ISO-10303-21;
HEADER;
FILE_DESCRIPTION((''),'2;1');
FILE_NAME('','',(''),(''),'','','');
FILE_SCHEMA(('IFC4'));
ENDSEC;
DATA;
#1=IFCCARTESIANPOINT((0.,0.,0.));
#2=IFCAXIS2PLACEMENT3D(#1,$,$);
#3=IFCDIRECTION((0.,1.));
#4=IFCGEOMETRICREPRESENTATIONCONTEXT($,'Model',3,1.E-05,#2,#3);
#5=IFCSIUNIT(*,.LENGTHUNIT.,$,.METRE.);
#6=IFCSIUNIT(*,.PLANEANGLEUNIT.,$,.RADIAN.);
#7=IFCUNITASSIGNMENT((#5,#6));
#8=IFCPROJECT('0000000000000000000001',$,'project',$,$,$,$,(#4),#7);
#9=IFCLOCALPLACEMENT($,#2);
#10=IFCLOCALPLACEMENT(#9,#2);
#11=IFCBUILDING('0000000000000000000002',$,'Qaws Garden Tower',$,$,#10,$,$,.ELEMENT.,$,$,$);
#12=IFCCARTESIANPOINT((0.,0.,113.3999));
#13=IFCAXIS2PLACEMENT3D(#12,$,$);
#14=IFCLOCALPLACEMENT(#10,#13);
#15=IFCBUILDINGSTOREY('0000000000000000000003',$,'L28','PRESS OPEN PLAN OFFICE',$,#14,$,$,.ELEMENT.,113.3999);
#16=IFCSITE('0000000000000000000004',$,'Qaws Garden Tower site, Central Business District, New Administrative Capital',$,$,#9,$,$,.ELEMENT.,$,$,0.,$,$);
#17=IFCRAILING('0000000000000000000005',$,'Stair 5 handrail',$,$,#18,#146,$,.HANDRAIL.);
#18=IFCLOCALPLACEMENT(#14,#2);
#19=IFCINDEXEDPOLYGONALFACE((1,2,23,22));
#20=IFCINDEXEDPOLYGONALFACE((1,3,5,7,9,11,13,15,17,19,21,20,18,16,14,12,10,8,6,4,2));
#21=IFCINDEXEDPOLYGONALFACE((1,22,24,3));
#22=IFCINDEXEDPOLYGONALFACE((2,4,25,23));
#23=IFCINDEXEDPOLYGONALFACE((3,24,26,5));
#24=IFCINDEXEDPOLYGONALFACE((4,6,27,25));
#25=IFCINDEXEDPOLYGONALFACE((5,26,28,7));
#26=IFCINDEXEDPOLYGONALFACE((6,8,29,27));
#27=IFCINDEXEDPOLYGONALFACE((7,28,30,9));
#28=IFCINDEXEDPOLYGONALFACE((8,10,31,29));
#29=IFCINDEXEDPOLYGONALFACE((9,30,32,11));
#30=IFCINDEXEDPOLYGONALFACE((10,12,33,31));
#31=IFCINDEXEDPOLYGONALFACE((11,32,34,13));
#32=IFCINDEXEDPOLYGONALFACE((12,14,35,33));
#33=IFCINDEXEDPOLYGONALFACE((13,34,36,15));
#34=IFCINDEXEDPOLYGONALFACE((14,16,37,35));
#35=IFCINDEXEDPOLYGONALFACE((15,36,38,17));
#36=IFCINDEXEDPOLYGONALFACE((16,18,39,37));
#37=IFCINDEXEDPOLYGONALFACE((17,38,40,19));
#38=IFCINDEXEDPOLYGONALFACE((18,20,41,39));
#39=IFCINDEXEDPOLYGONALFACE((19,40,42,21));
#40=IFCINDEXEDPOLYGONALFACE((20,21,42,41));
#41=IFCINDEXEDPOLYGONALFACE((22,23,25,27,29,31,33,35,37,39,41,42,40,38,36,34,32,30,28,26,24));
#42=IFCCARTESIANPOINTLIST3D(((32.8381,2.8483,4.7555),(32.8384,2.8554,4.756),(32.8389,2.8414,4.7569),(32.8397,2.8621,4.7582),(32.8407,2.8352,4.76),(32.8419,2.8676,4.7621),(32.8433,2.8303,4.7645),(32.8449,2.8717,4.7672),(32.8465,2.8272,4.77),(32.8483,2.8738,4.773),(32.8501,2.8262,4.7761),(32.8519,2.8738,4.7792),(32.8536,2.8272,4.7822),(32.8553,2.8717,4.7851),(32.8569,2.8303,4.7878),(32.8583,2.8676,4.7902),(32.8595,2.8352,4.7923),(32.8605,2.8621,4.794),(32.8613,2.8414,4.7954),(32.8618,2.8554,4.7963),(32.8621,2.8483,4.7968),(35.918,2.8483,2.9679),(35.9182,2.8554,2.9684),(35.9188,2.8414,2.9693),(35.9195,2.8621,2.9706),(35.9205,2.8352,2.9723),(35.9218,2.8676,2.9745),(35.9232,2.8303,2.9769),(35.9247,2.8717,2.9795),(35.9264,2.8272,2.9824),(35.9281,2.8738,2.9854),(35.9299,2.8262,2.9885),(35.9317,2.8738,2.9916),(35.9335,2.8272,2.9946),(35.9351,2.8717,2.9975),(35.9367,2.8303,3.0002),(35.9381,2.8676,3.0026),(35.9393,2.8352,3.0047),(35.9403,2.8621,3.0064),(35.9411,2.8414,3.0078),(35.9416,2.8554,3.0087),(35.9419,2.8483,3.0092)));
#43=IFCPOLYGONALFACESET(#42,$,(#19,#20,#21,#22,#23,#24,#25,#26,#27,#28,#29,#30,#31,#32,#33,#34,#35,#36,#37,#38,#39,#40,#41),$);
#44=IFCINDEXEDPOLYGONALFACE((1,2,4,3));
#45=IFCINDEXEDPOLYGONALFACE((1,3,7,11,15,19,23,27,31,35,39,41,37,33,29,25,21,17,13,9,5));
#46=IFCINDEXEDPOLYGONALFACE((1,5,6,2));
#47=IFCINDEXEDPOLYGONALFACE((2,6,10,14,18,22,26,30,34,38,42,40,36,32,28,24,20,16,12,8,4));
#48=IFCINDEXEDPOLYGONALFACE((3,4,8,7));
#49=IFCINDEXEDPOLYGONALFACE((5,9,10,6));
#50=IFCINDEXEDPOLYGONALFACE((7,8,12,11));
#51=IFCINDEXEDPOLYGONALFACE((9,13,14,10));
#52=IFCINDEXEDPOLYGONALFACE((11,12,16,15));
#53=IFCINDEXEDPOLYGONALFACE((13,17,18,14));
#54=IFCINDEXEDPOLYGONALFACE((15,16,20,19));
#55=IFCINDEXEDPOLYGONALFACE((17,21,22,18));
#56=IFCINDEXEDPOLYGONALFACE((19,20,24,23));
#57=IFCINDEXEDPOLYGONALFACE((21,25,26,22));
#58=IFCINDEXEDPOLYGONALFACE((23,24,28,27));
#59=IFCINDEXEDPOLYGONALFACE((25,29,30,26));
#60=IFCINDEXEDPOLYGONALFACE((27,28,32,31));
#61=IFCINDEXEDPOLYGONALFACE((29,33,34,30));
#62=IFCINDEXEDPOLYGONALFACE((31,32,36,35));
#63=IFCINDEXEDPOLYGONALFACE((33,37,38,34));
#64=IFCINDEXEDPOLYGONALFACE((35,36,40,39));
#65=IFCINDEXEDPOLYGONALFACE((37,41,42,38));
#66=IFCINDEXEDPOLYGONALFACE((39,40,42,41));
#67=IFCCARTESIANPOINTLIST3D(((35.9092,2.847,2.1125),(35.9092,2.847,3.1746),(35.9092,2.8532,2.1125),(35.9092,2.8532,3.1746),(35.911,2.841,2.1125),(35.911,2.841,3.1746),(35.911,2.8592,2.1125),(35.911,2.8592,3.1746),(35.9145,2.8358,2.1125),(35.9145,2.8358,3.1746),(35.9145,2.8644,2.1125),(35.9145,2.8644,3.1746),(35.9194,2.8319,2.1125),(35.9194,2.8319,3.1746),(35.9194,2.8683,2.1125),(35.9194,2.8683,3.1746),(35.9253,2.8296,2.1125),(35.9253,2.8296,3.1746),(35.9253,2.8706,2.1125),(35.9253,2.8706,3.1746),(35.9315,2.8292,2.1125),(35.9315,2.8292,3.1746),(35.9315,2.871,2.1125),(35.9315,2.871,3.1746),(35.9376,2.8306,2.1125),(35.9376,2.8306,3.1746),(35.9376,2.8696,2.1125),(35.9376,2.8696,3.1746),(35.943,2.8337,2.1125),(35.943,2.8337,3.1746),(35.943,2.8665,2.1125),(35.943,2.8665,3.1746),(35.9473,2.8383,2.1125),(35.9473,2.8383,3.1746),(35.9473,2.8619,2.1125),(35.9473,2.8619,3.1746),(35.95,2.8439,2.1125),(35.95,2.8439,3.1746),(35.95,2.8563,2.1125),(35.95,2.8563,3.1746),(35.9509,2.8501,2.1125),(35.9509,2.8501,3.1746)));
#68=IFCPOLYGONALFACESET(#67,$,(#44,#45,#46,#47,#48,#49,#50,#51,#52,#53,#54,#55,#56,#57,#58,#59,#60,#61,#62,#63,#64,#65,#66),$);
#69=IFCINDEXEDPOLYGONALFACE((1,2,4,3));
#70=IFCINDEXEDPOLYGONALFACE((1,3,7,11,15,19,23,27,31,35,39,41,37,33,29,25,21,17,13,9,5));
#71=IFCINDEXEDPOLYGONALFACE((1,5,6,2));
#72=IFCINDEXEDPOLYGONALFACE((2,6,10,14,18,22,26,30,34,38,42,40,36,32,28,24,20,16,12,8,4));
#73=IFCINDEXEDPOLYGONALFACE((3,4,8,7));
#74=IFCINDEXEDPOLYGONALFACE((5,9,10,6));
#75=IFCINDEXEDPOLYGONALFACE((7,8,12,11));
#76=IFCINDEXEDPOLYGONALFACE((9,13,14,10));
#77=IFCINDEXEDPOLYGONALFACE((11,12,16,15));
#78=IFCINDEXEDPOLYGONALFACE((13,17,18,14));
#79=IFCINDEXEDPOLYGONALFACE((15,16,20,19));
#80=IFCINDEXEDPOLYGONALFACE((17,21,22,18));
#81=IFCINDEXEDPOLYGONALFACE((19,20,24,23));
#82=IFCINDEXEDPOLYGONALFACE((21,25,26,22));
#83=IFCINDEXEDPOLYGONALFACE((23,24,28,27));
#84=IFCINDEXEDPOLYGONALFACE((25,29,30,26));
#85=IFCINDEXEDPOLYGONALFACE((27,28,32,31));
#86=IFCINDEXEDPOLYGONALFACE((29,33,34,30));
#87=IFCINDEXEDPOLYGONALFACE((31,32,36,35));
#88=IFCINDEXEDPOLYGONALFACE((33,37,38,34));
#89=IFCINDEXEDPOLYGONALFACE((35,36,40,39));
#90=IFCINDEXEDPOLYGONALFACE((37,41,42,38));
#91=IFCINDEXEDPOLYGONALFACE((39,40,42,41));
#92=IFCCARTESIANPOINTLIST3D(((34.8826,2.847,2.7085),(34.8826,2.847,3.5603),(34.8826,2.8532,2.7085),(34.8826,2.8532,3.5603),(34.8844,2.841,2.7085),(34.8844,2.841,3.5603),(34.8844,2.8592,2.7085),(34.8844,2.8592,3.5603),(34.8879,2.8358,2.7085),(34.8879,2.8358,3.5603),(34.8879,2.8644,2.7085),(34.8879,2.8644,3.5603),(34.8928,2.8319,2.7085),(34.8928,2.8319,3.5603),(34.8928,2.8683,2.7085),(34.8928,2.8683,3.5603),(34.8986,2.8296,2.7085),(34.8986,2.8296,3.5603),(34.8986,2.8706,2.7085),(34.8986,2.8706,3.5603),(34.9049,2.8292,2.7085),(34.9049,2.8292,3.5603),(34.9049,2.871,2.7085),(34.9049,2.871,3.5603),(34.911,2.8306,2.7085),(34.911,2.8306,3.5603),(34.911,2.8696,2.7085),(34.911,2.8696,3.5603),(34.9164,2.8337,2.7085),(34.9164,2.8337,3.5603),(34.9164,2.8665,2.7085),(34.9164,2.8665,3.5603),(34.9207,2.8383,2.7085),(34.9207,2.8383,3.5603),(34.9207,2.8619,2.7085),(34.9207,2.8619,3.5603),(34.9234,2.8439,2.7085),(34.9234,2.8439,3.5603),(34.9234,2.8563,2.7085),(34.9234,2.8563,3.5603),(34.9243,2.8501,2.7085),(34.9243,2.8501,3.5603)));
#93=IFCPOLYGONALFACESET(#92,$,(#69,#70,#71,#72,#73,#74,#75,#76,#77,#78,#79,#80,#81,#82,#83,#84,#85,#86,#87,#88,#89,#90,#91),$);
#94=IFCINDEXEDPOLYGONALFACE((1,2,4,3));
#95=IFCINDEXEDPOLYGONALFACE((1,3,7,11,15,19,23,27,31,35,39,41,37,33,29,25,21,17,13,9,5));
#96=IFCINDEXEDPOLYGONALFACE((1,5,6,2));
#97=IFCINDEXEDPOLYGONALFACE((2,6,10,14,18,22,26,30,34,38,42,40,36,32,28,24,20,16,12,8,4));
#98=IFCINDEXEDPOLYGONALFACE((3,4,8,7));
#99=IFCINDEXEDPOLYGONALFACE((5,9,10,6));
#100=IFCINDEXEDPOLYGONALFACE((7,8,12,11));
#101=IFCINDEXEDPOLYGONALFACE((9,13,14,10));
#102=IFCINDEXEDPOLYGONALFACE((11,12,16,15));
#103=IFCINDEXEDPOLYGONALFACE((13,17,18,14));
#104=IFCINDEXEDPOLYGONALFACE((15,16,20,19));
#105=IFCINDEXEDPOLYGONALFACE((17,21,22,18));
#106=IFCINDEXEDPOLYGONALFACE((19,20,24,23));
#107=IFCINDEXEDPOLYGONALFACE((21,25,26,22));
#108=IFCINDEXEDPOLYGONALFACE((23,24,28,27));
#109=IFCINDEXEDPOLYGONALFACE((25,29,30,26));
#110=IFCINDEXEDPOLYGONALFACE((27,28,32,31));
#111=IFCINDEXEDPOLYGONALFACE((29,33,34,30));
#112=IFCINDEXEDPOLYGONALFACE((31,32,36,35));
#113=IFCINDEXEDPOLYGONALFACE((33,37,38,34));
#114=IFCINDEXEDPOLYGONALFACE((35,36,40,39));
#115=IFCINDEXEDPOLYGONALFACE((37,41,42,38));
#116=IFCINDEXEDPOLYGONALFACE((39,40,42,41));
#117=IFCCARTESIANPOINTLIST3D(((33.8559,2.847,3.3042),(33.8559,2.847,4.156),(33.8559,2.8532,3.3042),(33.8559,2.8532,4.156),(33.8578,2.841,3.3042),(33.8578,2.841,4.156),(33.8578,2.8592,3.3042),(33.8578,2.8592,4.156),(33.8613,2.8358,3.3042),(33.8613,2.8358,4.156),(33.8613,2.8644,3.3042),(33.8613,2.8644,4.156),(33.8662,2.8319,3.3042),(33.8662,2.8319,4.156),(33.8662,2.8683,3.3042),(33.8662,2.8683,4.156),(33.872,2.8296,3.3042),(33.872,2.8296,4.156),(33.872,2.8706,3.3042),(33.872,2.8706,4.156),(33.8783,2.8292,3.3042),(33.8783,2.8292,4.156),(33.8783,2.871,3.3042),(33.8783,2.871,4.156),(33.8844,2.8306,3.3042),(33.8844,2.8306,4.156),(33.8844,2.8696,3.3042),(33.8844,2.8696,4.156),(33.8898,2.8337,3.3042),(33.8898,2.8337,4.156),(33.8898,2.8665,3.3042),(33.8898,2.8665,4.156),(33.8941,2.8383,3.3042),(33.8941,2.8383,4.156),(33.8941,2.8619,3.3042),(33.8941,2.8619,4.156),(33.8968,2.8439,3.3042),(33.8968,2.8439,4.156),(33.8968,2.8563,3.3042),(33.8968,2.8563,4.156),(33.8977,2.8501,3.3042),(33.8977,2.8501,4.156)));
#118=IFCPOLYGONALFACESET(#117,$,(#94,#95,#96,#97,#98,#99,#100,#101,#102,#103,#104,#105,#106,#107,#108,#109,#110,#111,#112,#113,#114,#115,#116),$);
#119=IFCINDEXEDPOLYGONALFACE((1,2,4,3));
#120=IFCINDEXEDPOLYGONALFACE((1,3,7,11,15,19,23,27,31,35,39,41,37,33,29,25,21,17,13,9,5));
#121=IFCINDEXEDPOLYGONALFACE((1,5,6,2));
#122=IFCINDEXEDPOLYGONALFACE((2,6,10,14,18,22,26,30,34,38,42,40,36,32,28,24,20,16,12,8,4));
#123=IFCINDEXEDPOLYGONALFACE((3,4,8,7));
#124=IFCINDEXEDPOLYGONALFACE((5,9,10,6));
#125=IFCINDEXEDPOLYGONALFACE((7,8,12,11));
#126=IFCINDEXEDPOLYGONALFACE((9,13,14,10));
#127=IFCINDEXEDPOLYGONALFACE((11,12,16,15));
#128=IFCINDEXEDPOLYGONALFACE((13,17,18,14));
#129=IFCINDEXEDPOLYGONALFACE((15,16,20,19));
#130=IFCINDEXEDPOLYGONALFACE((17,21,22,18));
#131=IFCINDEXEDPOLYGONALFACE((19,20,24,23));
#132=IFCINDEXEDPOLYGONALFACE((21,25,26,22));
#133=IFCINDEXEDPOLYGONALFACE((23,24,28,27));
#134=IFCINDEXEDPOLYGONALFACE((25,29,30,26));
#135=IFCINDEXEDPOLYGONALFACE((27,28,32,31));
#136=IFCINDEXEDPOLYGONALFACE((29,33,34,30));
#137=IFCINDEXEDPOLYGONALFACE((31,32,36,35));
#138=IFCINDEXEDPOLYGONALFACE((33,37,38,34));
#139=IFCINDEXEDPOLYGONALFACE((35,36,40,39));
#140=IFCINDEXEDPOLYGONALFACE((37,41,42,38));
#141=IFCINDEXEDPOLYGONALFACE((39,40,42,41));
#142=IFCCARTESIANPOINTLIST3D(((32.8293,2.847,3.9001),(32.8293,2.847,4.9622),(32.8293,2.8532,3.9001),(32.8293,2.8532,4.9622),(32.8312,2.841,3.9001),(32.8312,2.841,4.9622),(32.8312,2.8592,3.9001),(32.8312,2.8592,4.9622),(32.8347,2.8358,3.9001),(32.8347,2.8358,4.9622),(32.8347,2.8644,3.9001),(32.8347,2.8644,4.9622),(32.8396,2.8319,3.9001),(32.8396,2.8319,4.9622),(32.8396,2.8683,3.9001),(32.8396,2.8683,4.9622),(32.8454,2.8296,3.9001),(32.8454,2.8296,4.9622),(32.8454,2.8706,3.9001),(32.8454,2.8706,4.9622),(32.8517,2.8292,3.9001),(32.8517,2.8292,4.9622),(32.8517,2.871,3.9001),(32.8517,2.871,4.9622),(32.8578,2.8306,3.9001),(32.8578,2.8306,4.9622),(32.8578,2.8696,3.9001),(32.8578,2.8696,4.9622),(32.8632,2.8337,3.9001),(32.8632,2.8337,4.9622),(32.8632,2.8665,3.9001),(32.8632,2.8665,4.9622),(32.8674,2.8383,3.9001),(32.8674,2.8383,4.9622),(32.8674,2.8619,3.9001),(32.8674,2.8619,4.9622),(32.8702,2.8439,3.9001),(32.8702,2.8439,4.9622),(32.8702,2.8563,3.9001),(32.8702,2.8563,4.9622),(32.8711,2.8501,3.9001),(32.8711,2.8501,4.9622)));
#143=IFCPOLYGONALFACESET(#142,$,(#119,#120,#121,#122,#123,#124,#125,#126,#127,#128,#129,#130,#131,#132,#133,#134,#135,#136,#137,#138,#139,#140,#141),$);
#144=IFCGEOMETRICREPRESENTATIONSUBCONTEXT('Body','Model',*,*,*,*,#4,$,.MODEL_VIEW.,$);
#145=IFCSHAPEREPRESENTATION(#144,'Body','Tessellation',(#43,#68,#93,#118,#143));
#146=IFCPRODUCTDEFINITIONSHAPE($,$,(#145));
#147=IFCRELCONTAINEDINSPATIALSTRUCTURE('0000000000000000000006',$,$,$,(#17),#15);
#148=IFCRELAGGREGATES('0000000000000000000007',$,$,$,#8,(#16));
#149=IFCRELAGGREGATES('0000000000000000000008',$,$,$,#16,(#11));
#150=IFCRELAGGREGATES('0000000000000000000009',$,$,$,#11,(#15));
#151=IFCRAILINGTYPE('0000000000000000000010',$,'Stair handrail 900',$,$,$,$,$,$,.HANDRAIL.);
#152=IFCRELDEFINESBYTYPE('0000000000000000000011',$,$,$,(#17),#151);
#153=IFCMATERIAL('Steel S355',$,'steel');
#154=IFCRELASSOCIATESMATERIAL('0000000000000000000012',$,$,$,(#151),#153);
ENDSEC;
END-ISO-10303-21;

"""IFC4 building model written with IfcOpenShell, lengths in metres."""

from ifc_helpers import new_model, si_unit, direction, frame, origin, origin_2d, place, context, subcontext, project, spatial, circle, extrude, material, type_object, element, save


model = new_model("IFC4")

# Units and contexts
model_context = context("Model", 3, precision=1e-05, world=origin(), true_north=direction((0.0, 1.0)))
body_context = subcontext(model_context, "Body", "Model", "MODEL_VIEW")
ifc_project = project(units=[si_unit("LENGTHUNIT", "METRE"), si_unit("PLANEANGLEUNIT", "RADIAN")], contexts=[model_context])

# Site, building, storey
site_placement = place(None, origin())
site = spatial("IfcSite", under=ifc_project, at=site_placement, Name="Qaws Garden Tower site, Central Business District, New Administrative Capital", CompositionType="ELEMENT", RefElevation=0.0)
building_placement = place(site_placement, origin())
building = spatial("IfcBuilding", under=site, at=building_placement, Name="Qaws Garden Tower", CompositionType="ELEMENT")
storey_placement = place(building_placement, frame((0.0, 0.0, 113.3999)))
storey = spatial("IfcBuildingStorey", under=building, at=storey_placement, Name="L28", Description="PRESS OPEN PLAN OFFICE", CompositionType="ELEMENT", Elevation=113.3999)

# Railing
ifc_material_1 = material(Name="Steel S355", Category="steel")
railing_type = type_object("IfcRailingType", Name="Stair handrail 900", PredefinedType="HANDRAIL", material=ifc_material_1)
railing_1_placement = place(storey_placement, frame((35.9299, 2.8501, 2.1125)))
element("IfcRailing", 1, at=railing_1_placement, inside=storey, type_object=railing_type, Name="Stair 5 handrail", PredefinedType="HANDRAIL", context=body_context, shape_type="SweptSolid", body=[
    extrude(circle(Radius=0.0239, at=origin_2d()), frame((0.0, 0.0, 0.876), z_axis=(-0.864873, 0.0, 0.50199), x_axis=(0.0, -1.0, 0.0)), (0.0, 0.0, 1.0), 3.561),
    extrude(circle(Radius=0.021, at=origin_2d()), origin(), (0.0, 0.0, 1.0), 1.062),
    extrude(circle(Radius=0.021, at=origin_2d()), frame((-1.0266, 0.0, 0.5959)), (0.0, 0.0, 1.0), 0.8518),
    extrude(circle(Radius=0.021, at=origin_2d()), frame((-2.0532, 0.0, 1.1917)), (0.0, 0.0, 1.0), 0.8518),
    extrude(circle(Radius=0.021, at=origin_2d()), frame((-3.0798, 0.0, 1.7876)), (0.0, 0.0, 1.0), 1.062),
])

save(model, "model.ifc")
